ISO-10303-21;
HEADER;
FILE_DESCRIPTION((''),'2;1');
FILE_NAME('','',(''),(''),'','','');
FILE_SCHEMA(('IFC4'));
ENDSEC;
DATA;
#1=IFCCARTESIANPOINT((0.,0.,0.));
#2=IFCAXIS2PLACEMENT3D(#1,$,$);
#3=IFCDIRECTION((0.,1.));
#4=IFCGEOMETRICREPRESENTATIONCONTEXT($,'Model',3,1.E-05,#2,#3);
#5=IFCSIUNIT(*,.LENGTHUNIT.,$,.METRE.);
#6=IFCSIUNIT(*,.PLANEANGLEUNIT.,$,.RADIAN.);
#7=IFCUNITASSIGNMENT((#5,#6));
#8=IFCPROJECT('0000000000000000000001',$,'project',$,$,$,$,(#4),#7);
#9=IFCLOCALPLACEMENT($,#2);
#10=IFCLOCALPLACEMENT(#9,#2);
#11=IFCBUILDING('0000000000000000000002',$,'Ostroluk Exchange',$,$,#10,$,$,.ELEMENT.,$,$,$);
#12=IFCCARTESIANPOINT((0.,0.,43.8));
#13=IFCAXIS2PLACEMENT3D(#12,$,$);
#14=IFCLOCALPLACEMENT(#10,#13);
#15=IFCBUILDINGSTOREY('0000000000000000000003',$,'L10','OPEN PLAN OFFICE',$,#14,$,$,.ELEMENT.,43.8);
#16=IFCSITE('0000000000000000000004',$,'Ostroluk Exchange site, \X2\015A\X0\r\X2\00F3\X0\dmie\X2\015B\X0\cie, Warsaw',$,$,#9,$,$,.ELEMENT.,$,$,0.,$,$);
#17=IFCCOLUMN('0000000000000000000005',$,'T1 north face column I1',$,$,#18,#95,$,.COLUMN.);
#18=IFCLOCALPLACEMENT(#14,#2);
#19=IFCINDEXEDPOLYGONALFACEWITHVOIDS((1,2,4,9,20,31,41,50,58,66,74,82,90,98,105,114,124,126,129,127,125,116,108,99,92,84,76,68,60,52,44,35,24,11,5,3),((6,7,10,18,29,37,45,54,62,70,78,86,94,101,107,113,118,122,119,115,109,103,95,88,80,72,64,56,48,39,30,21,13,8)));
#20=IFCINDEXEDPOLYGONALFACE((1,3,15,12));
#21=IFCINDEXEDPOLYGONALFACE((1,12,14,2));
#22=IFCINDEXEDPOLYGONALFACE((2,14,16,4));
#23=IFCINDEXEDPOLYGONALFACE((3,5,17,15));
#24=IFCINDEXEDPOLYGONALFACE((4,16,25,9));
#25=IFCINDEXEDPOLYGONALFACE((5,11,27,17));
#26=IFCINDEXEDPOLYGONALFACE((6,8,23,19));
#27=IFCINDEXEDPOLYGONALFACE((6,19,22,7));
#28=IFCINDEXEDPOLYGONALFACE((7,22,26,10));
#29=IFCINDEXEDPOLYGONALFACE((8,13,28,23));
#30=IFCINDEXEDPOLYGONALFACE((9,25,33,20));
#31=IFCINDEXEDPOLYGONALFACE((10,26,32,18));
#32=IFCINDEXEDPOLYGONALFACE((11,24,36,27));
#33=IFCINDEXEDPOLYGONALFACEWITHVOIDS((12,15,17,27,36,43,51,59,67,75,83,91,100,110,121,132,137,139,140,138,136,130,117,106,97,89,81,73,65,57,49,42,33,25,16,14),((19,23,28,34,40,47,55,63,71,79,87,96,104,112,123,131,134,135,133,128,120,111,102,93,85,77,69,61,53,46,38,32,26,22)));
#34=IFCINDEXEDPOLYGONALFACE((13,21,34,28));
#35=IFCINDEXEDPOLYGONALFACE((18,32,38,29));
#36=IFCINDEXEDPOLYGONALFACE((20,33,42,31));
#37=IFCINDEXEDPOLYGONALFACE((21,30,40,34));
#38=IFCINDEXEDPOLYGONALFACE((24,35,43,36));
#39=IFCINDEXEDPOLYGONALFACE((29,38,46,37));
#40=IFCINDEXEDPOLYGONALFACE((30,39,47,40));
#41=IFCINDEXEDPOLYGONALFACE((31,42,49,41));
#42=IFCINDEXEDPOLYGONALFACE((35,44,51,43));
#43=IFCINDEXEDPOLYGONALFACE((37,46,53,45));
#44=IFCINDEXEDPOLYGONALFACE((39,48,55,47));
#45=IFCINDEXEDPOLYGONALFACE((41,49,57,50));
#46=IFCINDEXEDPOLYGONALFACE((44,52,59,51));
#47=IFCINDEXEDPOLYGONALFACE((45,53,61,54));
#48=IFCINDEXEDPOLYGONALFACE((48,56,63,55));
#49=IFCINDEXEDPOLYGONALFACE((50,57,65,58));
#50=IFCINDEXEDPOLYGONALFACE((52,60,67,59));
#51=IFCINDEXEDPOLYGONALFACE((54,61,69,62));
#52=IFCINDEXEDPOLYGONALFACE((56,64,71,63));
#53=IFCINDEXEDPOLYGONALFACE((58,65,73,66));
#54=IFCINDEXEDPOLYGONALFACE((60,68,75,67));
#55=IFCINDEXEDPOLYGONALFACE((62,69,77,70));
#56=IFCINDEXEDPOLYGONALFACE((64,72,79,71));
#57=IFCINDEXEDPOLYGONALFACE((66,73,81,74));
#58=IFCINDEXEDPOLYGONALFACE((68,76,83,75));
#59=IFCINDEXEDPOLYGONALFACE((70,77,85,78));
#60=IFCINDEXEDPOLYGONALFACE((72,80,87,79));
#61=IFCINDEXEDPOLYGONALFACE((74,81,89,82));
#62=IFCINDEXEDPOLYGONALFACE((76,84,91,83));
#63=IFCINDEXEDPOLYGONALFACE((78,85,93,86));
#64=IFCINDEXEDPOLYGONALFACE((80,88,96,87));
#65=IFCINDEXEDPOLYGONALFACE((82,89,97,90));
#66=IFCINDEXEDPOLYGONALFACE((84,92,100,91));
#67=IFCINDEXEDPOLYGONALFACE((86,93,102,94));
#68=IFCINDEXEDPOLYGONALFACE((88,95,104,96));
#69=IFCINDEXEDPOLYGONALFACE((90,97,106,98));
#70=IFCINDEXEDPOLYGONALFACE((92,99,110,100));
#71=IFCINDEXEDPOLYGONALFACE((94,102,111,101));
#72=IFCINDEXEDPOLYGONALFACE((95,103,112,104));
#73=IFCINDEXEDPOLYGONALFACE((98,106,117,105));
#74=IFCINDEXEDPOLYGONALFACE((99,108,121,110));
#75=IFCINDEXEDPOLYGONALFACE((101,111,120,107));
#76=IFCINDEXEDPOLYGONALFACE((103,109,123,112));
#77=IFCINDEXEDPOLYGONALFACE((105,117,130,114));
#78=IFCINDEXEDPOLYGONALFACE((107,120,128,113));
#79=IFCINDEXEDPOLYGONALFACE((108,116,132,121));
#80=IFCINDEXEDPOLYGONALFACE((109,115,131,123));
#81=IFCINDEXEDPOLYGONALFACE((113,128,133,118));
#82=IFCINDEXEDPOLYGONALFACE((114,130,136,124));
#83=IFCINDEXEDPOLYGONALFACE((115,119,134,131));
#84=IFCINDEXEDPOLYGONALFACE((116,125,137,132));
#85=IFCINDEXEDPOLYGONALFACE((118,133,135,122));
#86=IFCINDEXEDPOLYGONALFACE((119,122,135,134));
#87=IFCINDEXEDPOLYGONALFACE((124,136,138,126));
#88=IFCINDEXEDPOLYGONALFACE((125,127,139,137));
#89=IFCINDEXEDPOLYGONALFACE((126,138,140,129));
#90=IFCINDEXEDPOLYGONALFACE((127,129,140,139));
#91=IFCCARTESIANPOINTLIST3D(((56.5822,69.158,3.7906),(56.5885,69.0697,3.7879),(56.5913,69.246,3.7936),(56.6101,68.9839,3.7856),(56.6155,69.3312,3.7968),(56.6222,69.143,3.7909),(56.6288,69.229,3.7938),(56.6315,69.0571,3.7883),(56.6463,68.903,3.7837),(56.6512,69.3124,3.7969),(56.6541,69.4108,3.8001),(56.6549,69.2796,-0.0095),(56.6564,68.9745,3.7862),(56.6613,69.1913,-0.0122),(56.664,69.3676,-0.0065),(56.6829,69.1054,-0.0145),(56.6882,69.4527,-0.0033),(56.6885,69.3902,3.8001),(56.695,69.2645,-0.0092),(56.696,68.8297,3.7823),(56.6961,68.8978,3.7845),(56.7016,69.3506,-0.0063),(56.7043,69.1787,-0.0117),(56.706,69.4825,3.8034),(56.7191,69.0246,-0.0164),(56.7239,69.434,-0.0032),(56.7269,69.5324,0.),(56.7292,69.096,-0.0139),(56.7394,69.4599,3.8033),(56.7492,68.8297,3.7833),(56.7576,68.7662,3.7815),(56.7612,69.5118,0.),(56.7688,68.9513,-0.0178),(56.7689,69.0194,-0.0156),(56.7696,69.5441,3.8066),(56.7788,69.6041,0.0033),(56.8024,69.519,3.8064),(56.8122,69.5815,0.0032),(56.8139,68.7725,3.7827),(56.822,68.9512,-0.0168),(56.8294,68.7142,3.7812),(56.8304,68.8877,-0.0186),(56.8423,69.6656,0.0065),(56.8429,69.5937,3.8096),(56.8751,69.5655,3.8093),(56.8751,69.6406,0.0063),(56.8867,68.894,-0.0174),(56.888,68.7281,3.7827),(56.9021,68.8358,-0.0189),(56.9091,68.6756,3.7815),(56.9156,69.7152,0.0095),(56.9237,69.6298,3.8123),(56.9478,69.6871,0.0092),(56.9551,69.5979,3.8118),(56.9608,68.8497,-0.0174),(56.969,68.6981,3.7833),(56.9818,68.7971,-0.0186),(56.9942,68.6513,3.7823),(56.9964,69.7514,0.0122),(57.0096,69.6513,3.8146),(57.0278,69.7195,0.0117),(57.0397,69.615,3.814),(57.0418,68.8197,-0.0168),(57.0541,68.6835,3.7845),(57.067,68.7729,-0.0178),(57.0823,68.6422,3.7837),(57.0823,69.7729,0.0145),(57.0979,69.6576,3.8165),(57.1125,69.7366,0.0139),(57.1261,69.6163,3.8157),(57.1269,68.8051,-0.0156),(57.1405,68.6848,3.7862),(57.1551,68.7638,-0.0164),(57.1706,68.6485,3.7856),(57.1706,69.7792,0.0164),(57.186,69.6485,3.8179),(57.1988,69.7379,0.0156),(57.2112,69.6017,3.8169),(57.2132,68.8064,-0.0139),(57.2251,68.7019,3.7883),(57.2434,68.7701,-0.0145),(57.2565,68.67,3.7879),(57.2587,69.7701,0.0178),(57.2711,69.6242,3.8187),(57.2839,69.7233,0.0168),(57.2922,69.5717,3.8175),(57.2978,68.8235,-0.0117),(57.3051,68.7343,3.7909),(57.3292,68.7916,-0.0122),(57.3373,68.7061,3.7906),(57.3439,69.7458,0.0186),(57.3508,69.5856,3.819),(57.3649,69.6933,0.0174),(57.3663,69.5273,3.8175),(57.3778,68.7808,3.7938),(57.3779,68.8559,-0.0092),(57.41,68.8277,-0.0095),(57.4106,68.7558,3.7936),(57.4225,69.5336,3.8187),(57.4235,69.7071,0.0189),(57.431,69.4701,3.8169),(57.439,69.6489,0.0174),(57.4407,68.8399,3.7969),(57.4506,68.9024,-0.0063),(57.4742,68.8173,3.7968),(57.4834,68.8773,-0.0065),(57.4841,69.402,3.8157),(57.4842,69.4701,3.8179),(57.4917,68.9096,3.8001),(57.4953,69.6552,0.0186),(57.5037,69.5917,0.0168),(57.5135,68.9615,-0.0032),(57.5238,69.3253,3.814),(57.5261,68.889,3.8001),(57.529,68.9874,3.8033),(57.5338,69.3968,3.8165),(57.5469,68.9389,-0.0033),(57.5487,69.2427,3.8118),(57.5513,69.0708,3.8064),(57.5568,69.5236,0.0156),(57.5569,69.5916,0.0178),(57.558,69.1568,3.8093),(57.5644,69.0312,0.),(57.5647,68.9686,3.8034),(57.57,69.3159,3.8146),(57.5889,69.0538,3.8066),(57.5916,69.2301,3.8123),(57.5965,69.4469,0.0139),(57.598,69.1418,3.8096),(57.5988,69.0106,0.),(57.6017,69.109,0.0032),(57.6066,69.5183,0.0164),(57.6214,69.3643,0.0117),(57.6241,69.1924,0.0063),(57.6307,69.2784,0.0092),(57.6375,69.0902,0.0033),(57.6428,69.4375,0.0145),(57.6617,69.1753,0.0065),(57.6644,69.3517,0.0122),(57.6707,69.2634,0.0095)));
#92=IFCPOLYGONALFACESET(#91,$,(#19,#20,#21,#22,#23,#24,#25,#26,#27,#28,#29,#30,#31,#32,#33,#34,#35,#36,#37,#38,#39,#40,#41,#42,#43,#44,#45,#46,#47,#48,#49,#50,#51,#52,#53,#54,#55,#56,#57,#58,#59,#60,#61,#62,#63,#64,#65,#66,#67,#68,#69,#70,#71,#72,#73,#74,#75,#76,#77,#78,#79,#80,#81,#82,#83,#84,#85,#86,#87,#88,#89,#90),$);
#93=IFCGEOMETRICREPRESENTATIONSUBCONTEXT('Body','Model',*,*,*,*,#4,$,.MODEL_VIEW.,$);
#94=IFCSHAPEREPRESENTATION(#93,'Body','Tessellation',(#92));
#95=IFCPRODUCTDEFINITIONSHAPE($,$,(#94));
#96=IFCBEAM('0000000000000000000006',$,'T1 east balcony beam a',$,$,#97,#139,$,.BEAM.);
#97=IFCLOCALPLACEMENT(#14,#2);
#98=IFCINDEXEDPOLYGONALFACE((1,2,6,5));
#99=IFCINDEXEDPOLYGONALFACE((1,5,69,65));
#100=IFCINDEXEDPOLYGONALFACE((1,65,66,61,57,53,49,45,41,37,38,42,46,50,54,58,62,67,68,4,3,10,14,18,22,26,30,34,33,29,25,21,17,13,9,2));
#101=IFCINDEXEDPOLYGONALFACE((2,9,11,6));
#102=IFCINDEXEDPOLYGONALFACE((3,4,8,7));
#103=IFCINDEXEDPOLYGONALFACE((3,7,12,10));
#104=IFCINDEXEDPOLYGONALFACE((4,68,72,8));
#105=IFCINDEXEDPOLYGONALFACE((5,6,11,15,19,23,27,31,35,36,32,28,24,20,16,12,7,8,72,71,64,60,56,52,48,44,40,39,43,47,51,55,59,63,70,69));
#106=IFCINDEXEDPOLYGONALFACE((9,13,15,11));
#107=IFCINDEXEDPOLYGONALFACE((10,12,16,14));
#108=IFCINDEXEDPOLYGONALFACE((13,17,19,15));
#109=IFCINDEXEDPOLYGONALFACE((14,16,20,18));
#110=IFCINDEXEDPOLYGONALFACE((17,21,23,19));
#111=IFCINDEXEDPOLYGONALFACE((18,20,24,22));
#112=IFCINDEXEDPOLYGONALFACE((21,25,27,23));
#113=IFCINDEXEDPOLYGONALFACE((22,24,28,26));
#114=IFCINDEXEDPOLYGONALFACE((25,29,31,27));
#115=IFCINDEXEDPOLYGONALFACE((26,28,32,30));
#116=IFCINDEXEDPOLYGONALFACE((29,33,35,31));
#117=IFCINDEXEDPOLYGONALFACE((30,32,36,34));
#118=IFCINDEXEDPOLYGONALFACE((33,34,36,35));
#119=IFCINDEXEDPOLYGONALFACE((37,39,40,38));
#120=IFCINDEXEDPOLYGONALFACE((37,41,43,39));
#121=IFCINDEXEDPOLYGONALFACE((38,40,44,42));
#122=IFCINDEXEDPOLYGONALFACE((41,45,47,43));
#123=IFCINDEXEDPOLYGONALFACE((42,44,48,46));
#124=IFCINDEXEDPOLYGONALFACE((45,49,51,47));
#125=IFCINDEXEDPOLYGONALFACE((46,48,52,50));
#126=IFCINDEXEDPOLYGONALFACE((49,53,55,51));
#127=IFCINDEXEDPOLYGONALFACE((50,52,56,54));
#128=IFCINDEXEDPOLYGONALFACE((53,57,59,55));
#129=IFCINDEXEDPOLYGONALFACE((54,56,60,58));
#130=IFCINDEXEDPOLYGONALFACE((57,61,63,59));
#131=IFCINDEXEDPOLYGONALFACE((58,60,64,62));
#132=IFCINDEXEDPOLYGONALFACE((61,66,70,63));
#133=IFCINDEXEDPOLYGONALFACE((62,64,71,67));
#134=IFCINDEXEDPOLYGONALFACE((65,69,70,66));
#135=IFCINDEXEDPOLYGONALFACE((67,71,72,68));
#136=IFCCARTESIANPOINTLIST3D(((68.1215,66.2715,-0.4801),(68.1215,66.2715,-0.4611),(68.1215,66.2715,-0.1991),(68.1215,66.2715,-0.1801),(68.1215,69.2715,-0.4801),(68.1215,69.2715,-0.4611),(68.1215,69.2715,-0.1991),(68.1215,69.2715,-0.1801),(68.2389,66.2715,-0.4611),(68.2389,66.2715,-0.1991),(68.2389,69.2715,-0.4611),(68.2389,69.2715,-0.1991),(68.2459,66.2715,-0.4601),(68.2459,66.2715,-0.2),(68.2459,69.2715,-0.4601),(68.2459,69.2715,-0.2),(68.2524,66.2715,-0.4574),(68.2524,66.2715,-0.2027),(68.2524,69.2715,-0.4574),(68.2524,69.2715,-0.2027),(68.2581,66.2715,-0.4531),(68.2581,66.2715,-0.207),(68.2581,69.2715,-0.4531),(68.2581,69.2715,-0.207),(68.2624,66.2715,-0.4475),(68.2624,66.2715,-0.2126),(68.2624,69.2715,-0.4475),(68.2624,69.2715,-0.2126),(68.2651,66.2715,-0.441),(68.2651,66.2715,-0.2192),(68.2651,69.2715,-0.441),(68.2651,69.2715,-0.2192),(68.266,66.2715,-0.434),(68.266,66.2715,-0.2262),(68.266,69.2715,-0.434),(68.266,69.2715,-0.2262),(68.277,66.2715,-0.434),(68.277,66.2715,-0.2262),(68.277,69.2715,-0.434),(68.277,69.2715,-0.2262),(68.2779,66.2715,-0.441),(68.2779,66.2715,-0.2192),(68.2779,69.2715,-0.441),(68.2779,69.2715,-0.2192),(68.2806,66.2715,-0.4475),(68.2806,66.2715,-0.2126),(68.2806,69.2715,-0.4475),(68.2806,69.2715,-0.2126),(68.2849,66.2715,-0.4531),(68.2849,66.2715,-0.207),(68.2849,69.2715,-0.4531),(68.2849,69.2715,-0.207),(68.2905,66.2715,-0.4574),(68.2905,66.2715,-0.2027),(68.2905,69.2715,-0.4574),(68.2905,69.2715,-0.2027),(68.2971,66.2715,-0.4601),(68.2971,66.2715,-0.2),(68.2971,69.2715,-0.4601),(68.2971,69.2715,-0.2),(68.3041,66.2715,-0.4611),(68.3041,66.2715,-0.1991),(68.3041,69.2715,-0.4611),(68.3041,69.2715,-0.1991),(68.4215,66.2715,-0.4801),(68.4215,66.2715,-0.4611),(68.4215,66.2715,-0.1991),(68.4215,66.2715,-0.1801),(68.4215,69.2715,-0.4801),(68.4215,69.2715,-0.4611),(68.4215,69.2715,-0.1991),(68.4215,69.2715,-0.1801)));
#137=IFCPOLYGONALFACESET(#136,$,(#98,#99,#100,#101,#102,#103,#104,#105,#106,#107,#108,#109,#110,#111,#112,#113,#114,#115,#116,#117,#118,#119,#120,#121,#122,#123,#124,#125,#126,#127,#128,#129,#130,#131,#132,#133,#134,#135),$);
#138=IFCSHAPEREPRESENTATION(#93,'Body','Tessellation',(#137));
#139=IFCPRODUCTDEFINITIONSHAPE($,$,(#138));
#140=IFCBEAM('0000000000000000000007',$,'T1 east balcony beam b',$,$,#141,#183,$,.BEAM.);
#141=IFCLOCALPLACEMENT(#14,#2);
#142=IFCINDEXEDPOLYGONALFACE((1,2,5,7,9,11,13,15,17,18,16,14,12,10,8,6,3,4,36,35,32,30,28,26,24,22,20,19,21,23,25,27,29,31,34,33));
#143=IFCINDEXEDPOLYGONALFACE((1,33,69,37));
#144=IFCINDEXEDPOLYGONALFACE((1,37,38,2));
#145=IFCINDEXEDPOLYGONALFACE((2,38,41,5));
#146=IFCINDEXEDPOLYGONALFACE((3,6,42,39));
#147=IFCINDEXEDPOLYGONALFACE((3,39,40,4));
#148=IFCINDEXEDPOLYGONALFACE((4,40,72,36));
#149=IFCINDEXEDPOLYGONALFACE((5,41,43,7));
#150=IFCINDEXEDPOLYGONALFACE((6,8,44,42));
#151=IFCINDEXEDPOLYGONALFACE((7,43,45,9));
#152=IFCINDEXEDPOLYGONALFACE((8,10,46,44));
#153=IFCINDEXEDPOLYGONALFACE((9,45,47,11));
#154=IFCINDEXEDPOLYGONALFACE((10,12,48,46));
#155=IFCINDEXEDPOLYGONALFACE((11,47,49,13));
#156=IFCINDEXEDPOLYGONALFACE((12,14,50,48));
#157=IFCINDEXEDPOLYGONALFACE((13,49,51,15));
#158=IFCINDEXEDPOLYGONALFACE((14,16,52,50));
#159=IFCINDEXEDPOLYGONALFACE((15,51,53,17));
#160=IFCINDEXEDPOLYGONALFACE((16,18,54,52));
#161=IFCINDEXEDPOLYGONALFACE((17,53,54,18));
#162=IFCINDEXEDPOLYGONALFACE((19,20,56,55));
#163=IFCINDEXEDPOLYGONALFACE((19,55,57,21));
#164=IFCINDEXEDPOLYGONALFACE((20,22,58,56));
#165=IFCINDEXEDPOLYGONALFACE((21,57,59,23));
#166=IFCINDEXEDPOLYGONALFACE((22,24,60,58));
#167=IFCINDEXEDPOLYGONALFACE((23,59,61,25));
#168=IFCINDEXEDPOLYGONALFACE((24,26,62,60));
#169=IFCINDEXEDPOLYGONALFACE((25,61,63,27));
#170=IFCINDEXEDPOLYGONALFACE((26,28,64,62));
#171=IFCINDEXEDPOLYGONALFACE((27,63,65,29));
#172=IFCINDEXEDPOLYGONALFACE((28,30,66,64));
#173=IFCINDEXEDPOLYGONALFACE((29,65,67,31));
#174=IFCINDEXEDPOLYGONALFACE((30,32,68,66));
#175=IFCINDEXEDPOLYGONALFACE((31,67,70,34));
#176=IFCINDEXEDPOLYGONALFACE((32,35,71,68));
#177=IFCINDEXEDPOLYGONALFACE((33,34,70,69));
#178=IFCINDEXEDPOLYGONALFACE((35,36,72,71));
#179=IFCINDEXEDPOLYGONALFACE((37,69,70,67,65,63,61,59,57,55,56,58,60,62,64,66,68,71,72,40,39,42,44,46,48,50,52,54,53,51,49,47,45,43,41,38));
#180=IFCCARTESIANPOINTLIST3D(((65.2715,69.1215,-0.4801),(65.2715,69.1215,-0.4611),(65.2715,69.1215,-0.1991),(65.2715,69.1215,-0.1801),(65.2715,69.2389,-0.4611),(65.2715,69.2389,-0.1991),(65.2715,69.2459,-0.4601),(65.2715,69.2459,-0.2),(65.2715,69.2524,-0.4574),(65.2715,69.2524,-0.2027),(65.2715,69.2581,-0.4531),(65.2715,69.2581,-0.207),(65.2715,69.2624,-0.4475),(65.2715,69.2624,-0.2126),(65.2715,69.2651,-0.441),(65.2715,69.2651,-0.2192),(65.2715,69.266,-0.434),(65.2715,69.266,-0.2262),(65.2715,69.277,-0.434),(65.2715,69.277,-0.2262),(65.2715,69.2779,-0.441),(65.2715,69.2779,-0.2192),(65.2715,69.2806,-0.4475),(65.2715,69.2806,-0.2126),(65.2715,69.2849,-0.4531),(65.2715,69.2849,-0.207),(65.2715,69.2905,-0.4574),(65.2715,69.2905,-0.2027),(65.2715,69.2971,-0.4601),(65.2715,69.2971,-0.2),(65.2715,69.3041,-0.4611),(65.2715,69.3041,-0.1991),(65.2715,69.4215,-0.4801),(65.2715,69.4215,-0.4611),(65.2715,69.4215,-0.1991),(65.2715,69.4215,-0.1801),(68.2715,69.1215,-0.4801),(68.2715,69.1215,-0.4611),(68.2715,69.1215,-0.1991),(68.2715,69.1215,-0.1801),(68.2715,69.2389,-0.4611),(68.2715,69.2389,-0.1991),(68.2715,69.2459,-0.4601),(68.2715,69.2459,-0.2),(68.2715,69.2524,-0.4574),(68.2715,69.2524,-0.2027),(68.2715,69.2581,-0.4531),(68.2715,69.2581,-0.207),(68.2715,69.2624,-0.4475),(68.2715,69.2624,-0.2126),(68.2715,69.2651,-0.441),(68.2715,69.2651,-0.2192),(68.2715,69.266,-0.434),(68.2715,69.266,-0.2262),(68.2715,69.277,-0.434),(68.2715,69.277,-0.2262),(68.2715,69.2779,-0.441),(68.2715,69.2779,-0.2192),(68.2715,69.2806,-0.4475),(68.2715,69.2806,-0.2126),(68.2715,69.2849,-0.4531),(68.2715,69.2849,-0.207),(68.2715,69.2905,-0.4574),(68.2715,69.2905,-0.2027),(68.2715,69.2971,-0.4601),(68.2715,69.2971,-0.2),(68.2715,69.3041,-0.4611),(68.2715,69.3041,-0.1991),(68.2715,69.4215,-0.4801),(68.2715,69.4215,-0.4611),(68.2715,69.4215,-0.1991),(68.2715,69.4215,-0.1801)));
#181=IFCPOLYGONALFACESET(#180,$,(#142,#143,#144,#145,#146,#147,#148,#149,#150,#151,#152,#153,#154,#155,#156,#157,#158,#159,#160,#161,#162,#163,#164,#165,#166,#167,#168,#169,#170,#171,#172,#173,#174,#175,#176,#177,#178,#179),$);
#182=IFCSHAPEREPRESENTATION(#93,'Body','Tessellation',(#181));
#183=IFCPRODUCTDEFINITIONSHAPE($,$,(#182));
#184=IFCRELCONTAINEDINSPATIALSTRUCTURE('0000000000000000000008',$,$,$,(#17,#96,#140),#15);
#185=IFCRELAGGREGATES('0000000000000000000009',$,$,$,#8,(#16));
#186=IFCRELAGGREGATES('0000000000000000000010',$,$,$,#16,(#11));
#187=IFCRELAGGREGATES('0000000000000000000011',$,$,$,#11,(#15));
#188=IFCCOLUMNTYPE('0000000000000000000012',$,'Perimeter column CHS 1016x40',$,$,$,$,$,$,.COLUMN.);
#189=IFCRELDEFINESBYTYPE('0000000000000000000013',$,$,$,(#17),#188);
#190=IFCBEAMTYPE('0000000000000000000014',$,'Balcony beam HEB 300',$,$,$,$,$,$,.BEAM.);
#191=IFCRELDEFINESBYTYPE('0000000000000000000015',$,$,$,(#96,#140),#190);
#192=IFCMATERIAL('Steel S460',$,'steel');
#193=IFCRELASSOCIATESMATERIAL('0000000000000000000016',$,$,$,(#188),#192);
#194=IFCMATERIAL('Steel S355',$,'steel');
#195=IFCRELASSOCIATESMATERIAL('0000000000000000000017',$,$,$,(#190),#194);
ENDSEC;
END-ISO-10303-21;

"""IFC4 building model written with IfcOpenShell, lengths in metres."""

from ifc_helpers import new_model, si_unit, direction, frame, origin, origin_2d, place, context, subcontext, project, spatial, hollow_circle, i_section, extrude, material, material_profile, profile_set, type_object, element, save


model = new_model("IFC4")

# Units and contexts
model_context = context("Model", 3, precision=1e-05, world=origin(), true_north=direction((0.0, 1.0)))
body_context = subcontext(model_context, "Body", "Model", "MODEL_VIEW")
ifc_project = project(units=[si_unit("LENGTHUNIT", "METRE"), si_unit("PLANEANGLEUNIT", "RADIAN")], contexts=[model_context])

# Site, building, storey
site_placement = place(None, origin())
site = spatial("IfcSite", under=ifc_project, at=site_placement, Name="Ostroluk Exchange site, Śródmieście, Warsaw", CompositionType="ELEMENT", RefElevation=0.0)
building_placement = place(site_placement, origin())
building = spatial("IfcBuilding", under=site, at=building_placement, Name="Ostroluk Exchange", CompositionType="ELEMENT")
storey_placement = place(building_placement, frame((0.0, 0.0, 43.8)))
storey = spatial("IfcBuildingStorey", under=building, at=storey_placement, Name="L10", Description="OPEN PLAN OFFICE", CompositionType="ELEMENT", Elevation=43.8)

# Column
ifc_material_1 = material(Name="Steel S460", Category="steel")
ifc_material_profile_1 = material_profile(ifc_material_1, hollow_circle(Radius=0.5081, WallThickness=0.04, at=origin_2d()), Name="CHS 1016x40")
ifc_profile_set_1 = profile_set([ifc_material_profile_1], Name="Steel S460")
column_type = type_object("IfcColumnType", Name="Perimeter column CHS 1016x40", PredefinedType="COLUMN", material=ifc_profile_set_1)
column_placement = place(storey_placement, frame((57.1628, 69.2715, 0.0), z_axis=(-0.019132, -0.031973, 0.999306), x_axis=(0.8581, -0.513482, 0.0)))
element("IfcColumn", 1, at=column_placement, inside=storey, type_object=column_type, Name="T1 north face column I1", PredefinedType="COLUMN", context=body_context, shape_type="SweptSolid", body=[
    extrude(hollow_circle(Radius=0.5081, WallThickness=0.04, at=origin_2d()), origin(), (0.0, 0.0, 1.0), 3.8027),
])

# Beams
ifc_material_2 = material(Name="Steel S355", Category="steel")
ifc_material_profile_2 = material_profile(ifc_material_2, i_section(OverallWidth=0.3, OverallDepth=0.3, WebThickness=0.011, FlangeThickness=0.019, FilletRadius=0.0271, at=origin_2d()), Name="HEB 300")
ifc_profile_set_2 = profile_set([ifc_material_profile_2], Name="Steel S355")
beam_type_1 = type_object("IfcBeamType", Name="Balcony beam HEB 300", PredefinedType="BEAM", material=ifc_profile_set_2)
for number, where, z_axis, x_axis, name in (
    (2, (68.2715, 66.2715, -0.3301), (0.0, 1.0, 0.0), (-1.0, 0.0, 0.0), "T1 east balcony beam a"),
    (3, (65.2715, 69.2715, -0.3301), (1.0, 0.0, 0.0), (0.0, 1.0, 0.0), "T1 east balcony beam b"),
):
    element("IfcBeam", number, at=place(storey_placement, frame(where, z_axis=z_axis, x_axis=x_axis)), inside=storey, type_object=beam_type_1, Name=name, PredefinedType="BEAM", context=body_context, shape_type="SweptSolid", body=[
        extrude(i_section(OverallWidth=0.3, OverallDepth=0.3, WebThickness=0.011, FlangeThickness=0.019, FilletRadius=0.0271, at=origin_2d()), origin(), (0.0, 0.0, 1.0), 3.0),
    ])

save(model, "model.ifc")
